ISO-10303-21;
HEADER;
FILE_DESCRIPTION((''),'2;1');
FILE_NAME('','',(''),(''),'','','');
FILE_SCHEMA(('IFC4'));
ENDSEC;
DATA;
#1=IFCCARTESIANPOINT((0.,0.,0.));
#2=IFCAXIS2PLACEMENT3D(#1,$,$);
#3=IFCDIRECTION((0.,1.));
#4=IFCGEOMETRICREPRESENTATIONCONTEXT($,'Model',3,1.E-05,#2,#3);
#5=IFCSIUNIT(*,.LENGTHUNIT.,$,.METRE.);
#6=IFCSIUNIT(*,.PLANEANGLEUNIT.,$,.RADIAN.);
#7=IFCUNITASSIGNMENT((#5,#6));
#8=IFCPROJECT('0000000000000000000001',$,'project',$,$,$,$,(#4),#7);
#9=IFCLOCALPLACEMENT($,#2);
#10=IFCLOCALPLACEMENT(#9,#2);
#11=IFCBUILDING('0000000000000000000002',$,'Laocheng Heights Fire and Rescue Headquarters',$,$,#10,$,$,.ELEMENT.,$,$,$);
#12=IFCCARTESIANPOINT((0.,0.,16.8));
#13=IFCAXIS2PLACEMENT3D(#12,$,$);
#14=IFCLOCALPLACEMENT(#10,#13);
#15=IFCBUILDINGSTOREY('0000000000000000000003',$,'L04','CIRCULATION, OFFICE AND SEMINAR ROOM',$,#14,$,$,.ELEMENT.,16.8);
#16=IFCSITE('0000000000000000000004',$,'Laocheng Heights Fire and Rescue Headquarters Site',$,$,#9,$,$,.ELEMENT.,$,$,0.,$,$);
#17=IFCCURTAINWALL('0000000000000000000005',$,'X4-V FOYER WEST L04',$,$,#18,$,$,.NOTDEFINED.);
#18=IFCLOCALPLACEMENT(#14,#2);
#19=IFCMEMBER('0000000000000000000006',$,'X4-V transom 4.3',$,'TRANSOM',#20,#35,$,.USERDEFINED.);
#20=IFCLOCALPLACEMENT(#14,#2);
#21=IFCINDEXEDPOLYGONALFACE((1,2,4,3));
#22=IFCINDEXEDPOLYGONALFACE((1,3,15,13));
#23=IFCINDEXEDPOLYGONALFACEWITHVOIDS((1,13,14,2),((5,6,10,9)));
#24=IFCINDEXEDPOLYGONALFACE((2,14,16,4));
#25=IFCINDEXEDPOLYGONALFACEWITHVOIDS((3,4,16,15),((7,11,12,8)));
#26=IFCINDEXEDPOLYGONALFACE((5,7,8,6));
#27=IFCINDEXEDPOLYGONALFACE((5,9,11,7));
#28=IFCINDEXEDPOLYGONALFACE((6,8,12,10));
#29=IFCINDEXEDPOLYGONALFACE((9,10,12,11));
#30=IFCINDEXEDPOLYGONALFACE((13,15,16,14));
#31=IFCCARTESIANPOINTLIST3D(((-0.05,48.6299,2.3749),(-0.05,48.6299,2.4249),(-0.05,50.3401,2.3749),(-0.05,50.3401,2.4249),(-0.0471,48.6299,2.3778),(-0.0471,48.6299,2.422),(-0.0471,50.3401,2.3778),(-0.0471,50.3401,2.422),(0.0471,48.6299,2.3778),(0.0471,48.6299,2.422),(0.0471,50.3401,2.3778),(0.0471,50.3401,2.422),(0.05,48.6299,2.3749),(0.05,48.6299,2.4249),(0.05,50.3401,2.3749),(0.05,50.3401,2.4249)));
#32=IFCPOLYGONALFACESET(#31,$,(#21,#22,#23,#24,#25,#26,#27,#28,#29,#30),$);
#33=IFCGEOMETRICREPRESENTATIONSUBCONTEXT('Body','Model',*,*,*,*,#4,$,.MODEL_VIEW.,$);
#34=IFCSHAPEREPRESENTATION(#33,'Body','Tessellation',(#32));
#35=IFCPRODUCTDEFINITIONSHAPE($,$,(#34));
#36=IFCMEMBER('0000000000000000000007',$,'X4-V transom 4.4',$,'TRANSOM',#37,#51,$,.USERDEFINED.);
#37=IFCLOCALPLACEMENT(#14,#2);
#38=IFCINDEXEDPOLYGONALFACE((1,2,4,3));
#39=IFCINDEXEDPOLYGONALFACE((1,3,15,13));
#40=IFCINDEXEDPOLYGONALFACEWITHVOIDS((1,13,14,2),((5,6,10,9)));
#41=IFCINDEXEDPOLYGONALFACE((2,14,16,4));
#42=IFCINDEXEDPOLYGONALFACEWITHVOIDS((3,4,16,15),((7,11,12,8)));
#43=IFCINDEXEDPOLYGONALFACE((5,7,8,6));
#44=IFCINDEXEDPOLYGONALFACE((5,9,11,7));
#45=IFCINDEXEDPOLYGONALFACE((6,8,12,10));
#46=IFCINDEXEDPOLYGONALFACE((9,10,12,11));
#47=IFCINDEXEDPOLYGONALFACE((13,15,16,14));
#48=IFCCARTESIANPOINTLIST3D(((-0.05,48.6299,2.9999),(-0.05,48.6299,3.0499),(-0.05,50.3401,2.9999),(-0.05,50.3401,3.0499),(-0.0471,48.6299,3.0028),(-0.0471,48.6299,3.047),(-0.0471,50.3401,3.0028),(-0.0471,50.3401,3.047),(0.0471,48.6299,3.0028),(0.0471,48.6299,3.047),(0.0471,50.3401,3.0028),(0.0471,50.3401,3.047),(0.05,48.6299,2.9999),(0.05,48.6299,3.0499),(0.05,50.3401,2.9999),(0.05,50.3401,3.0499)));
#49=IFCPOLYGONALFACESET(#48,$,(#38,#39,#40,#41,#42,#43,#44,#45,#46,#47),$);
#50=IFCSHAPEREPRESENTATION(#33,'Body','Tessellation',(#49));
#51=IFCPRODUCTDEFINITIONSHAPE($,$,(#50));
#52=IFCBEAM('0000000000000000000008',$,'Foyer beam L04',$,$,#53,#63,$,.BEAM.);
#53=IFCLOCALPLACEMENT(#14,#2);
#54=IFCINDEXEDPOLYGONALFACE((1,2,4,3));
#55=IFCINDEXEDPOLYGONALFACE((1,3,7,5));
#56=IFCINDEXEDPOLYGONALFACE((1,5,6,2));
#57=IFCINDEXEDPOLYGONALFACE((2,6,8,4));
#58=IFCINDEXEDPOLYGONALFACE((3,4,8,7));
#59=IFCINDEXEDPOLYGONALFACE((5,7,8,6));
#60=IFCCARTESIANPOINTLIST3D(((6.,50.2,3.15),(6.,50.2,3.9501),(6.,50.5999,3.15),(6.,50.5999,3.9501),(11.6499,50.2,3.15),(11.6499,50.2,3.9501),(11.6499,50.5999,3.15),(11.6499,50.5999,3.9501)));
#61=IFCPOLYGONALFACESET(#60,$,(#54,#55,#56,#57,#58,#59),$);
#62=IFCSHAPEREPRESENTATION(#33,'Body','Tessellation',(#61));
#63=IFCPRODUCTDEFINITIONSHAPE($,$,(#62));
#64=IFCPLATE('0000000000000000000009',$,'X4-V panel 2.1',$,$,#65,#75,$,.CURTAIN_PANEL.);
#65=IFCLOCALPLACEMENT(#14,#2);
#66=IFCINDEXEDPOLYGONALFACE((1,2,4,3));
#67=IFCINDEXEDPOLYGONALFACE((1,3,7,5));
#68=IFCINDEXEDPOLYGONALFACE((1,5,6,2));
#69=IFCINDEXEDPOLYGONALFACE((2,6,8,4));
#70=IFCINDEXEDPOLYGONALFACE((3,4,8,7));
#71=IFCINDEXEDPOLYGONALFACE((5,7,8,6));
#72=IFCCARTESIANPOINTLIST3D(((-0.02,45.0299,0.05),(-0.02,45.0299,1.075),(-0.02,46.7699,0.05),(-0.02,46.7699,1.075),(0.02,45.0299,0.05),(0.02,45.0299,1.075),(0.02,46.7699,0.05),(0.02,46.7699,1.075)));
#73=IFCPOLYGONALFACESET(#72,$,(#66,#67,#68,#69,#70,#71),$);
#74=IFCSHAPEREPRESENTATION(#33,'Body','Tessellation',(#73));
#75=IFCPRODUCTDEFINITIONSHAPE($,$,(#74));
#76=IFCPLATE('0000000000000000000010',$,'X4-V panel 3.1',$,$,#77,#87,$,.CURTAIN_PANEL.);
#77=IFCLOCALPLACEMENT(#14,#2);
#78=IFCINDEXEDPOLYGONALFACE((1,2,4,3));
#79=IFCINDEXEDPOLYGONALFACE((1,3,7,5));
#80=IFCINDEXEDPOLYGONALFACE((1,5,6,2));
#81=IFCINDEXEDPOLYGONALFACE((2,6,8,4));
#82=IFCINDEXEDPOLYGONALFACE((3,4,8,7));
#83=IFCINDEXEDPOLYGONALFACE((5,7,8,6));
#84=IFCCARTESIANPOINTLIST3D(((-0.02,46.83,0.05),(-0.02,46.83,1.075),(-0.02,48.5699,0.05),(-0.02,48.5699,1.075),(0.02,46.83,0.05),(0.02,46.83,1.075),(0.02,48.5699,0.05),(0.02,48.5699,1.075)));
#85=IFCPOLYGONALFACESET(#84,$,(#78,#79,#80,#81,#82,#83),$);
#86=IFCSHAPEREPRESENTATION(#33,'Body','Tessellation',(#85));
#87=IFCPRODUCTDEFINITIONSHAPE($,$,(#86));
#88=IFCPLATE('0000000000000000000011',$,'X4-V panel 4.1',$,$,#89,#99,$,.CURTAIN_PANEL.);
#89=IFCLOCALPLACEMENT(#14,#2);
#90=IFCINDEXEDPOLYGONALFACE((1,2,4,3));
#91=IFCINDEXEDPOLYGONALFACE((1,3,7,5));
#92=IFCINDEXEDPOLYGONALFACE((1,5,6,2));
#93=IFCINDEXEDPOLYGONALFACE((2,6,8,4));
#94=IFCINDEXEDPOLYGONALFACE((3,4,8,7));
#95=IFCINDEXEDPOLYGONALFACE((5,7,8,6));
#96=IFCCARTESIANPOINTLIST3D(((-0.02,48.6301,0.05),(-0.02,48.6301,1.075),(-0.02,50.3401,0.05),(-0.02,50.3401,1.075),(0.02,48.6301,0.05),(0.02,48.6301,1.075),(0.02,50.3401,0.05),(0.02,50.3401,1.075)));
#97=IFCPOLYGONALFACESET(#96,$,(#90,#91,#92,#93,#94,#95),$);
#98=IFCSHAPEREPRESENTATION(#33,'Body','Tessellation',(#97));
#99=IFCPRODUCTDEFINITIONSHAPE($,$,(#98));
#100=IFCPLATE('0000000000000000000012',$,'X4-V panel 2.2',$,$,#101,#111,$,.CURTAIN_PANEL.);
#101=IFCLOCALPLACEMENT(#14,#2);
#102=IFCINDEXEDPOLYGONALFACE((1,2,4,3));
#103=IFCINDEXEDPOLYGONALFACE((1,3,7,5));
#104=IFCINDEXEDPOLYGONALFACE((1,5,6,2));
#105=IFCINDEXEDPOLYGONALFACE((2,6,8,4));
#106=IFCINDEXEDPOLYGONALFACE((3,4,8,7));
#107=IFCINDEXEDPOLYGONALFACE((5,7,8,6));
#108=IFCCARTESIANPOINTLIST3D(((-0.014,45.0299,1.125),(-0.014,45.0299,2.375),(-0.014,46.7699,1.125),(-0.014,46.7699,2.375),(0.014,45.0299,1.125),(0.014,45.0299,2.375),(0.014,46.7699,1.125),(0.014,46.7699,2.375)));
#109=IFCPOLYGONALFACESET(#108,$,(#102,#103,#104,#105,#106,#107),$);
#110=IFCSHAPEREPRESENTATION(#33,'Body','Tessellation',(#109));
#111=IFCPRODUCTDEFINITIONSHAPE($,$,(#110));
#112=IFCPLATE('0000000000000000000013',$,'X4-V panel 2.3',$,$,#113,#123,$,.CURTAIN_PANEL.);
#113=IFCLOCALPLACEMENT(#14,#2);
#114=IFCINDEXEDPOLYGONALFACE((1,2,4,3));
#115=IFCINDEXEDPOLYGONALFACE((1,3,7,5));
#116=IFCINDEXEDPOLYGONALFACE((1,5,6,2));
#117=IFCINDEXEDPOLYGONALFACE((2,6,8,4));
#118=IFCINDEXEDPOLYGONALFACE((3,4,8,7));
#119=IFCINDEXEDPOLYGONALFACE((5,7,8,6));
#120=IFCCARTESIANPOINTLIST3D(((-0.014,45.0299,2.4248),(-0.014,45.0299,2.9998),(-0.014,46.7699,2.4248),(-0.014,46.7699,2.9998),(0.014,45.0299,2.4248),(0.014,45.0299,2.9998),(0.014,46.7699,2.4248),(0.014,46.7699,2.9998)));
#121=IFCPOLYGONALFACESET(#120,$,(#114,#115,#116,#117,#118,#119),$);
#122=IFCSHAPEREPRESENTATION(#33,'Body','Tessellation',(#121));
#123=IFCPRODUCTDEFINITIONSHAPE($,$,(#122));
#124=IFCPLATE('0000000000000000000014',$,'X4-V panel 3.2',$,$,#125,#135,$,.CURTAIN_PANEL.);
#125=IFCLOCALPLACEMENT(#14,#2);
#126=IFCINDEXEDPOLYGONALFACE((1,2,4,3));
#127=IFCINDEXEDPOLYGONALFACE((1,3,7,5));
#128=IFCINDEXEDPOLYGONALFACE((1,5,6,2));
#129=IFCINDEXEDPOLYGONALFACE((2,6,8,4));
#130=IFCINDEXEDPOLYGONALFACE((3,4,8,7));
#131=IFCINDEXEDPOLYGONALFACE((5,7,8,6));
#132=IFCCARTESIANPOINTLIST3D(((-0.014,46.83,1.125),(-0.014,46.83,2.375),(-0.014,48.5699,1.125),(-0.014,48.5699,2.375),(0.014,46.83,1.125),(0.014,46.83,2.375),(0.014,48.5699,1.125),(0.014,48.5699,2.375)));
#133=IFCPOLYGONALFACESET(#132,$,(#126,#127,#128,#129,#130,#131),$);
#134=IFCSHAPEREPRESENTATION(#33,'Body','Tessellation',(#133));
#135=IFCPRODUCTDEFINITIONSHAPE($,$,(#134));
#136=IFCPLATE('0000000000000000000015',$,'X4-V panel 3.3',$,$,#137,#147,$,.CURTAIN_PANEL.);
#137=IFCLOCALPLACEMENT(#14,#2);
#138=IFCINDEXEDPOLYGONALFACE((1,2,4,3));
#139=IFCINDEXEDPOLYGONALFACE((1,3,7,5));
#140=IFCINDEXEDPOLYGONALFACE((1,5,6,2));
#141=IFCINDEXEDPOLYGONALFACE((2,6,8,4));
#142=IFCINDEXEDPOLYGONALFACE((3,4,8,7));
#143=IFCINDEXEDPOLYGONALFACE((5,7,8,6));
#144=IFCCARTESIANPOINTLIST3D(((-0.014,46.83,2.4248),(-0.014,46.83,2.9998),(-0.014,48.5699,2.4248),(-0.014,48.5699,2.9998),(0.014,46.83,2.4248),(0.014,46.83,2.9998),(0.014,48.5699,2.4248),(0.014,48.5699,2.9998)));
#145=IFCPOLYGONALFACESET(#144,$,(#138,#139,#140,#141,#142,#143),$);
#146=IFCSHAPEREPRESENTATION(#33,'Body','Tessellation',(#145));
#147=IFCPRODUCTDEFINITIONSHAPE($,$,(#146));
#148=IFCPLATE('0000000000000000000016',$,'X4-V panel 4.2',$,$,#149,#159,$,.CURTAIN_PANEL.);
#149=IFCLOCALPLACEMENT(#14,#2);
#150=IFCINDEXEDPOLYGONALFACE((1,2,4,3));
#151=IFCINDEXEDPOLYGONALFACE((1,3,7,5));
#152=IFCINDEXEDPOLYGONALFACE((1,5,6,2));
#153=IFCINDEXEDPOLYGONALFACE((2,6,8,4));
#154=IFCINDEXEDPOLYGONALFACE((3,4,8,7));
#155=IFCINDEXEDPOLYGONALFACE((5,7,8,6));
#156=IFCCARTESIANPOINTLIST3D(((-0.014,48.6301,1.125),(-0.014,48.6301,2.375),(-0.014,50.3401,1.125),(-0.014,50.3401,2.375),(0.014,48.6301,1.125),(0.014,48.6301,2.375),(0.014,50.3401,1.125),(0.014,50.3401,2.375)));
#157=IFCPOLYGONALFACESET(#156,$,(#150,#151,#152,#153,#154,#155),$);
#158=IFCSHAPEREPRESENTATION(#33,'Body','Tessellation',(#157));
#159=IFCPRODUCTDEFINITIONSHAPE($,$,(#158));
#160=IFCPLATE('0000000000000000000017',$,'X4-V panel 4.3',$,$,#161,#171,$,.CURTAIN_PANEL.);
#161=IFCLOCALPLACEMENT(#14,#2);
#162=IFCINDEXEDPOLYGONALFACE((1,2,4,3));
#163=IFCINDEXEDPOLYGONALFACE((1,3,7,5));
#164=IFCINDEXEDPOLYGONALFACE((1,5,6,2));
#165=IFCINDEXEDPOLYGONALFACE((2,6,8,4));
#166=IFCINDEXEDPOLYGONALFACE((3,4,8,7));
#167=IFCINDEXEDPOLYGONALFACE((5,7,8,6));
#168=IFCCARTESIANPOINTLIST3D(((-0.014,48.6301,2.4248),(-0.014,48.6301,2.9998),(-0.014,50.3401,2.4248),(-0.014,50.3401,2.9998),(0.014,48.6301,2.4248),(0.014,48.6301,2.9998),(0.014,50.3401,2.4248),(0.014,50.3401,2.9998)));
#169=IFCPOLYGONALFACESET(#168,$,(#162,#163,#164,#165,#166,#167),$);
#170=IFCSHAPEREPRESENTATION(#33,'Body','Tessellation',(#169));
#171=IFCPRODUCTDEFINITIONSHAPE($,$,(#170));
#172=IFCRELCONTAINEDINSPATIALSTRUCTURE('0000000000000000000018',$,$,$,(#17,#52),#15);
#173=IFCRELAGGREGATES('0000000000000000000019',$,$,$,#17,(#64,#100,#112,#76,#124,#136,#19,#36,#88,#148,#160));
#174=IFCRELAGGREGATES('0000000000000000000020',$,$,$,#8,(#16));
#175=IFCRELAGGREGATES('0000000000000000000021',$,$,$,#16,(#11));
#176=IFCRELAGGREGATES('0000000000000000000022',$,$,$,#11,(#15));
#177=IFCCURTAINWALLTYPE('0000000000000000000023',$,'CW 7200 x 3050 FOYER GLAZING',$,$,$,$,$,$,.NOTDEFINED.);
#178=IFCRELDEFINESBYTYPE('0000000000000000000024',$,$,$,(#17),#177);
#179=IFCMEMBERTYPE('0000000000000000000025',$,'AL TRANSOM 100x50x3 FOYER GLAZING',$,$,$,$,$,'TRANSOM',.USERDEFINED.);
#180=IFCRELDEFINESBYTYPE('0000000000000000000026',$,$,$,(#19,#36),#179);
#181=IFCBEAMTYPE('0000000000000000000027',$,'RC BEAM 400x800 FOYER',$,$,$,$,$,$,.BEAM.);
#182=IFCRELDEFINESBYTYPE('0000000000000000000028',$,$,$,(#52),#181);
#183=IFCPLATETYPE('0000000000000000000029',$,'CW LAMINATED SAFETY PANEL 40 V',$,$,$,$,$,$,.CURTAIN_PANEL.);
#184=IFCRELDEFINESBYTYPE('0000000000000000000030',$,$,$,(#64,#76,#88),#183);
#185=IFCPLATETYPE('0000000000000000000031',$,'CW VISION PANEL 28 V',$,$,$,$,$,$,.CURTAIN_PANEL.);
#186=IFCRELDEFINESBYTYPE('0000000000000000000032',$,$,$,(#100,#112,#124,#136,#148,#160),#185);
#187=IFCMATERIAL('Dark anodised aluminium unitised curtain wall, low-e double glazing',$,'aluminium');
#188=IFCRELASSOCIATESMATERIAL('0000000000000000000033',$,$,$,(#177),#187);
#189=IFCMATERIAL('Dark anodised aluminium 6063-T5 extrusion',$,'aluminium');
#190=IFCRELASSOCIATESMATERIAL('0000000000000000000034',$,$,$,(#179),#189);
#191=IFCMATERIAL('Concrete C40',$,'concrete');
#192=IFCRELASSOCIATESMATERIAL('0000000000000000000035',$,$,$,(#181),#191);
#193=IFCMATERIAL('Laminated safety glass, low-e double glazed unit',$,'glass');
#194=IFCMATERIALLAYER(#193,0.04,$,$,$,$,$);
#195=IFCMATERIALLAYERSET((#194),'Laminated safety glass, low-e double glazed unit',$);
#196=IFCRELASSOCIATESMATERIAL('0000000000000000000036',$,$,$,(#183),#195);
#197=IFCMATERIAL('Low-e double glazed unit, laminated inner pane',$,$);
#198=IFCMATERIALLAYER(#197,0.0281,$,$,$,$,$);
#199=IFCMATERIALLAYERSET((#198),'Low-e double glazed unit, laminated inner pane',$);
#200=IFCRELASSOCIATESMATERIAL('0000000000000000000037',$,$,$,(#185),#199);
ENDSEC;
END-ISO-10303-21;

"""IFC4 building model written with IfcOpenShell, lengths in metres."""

from ifc_helpers import new_model, si_unit, direction, frame, origin, origin_2d, place, context, subcontext, project, spatial, rectangle, hollow_rectangle, extrude, material, layer, layer_set, material_profile, profile_set, type_object, element, aggregate, save


model = new_model("IFC4")

# Units and contexts
model_context = context("Model", 3, precision=1e-05, world=origin(), true_north=direction((0.0, 1.0)))
body_context = subcontext(model_context, "Body", "Model", "MODEL_VIEW")
ifc_project = project(units=[si_unit("LENGTHUNIT", "METRE"), si_unit("PLANEANGLEUNIT", "RADIAN")], contexts=[model_context])

# Site, building, storey
site_placement = place(None, origin())
site = spatial("IfcSite", under=ifc_project, at=site_placement, Name="Laocheng Heights Fire and Rescue Headquarters Site", CompositionType="ELEMENT", RefElevation=0.0)
building_placement = place(site_placement, origin())
building = spatial("IfcBuilding", under=site, at=building_placement, Name="Laocheng Heights Fire and Rescue Headquarters", CompositionType="ELEMENT")
storey_placement = place(building_placement, frame((0.0, 0.0, 16.8)))
storey = spatial("IfcBuildingStorey", under=building, at=storey_placement, Name="L04", Description="CIRCULATION, OFFICE AND SEMINAR ROOM", CompositionType="ELEMENT", Elevation=16.8)

# Curtain wall, members
ifc_material_1 = material(Name="Dark anodised aluminium unitised curtain wall, low-e double glazing", Category="aluminium")
curtain_wall_type = type_object("IfcCurtainWallType", Name="CW 7200 x 3050 FOYER GLAZING", PredefinedType="NOTDEFINED", material=ifc_material_1)
curtain_wall_placement = place(storey_placement, origin())
curtain_wall = element("IfcCurtainWall", 1, at=curtain_wall_placement, inside=storey, type_object=curtain_wall_type, Name="X4-V FOYER WEST L04", PredefinedType="NOTDEFINED")
ifc_material_2 = material(Name="Dark anodised aluminium 6063-T5 extrusion", Category="aluminium")
ifc_material_profile_1 = material_profile(ifc_material_2, hollow_rectangle(XDim=0.1001, YDim=0.05, WallThickness=0.0029, at=origin_2d()), Name="AL TRANSOM 100x50x3 FOYER GLAZING")
ifc_profile_set_1 = profile_set([ifc_material_profile_1], Name="Dark anodised aluminium 6063-T5 extrusion")
member_type_1 = type_object("IfcMemberType", Name="AL TRANSOM 100x50x3 FOYER GLAZING", ElementType="TRANSOM", PredefinedType="USERDEFINED", material=ifc_profile_set_1)
member_1_placement = place(storey_placement, frame((0.0, 48.6299, 2.3999), z_axis=(0.0, 1.0, 0.0), x_axis=(-1.0, 0.0, 0.0)))
member_1 = element("IfcMember", 2, at=member_1_placement, type_object=member_type_1, Name="X4-V transom 4.3", ObjectType="TRANSOM", PredefinedType="USERDEFINED", context=body_context, shape_type="SweptSolid", body=[
    extrude(hollow_rectangle(XDim=0.1001, YDim=0.05, WallThickness=0.0029, at=origin_2d()), origin(), (0.0, 0.0, 1.0), 1.7102),
])
member_2_placement = place(storey_placement, frame((0.0, 48.6299, 3.0249), z_axis=(0.0, 1.0, 0.0), x_axis=(-1.0, 0.0, 0.0)))
member_2 = element("IfcMember", 3, at=member_2_placement, type_object=member_type_1, Name="X4-V transom 4.4", ObjectType="TRANSOM", PredefinedType="USERDEFINED", context=body_context, shape_type="SweptSolid", body=[
    extrude(hollow_rectangle(XDim=0.1001, YDim=0.05, WallThickness=0.0029, at=origin_2d()), origin(), (0.0, 0.0, 1.0), 1.7102),
])

# Beam
ifc_material_3 = material(Name="Concrete C40", Category="concrete")
ifc_material_profile_2 = material_profile(ifc_material_3, rectangle(XDim=0.3999, YDim=0.8, at=origin_2d()), Name="RC BEAM 400x800 FOYER")
ifc_profile_set_2 = profile_set([ifc_material_profile_2], Name="Concrete C40")
beam_type = type_object("IfcBeamType", Name="RC BEAM 400x800 FOYER", PredefinedType="BEAM", material=ifc_profile_set_2)
beam_placement = place(storey_placement, frame((6.0, 50.3999, 3.55), z_axis=(1.0, 0.0, 0.0), x_axis=(0.0, 1.0, 0.0)))
element("IfcBeam", 4, at=beam_placement, inside=storey, type_object=beam_type, Name="Foyer beam L04", PredefinedType="BEAM", context=body_context, shape_type="SweptSolid", body=[
    extrude(rectangle(XDim=0.3999, YDim=0.8, at=origin_2d()), origin(), (0.0, 0.0, 1.0), 5.6499),
])

# Plates
ifc_material_4 = material(Name="Laminated safety glass, low-e double glazed unit", Category="glass")
ifc_layer_1 = layer(ifc_material_4, 0.04)
ifc_layer_set_1 = layer_set([ifc_layer_1], Name="Laminated safety glass, low-e double glazed unit")
plate_type_1 = type_object("IfcPlateType", Name="CW LAMINATED SAFETY PANEL 40 V", PredefinedType="CURTAIN_PANEL", material=ifc_layer_set_1)
plate_1_placement = place(storey_placement, frame((0.0, 45.8999, 0.05), z_axis=(0.0, 0.0, 1.0), x_axis=(0.0, 1.0, 0.0)))
plate_1 = element("IfcPlate", 5, at=plate_1_placement, type_object=plate_type_1, Name="X4-V panel 2.1", PredefinedType="CURTAIN_PANEL", context=body_context, shape_type="SweptSolid", body=[
    extrude(rectangle(XDim=1.74, YDim=0.04, at=origin_2d()), origin(), (0.0, 0.0, 1.0), 1.0249),
])
plate_2_placement = place(storey_placement, frame((0.0, 47.7, 0.05), z_axis=(0.0, 0.0, 1.0), x_axis=(0.0, 1.0, 0.0)))
plate_2 = element("IfcPlate", 6, at=plate_2_placement, type_object=plate_type_1, Name="X4-V panel 3.1", PredefinedType="CURTAIN_PANEL", context=body_context, shape_type="SweptSolid", body=[
    extrude(rectangle(XDim=1.74, YDim=0.04, at=origin_2d()), origin(), (0.0, 0.0, 1.0), 1.0249),
])
plate_3_placement = place(storey_placement, frame((0.0, 49.4851, 0.05), z_axis=(0.0, 0.0, 1.0), x_axis=(0.0, 1.0, 0.0)))
plate_3 = element("IfcPlate", 7, at=plate_3_placement, type_object=plate_type_1, Name="X4-V panel 4.1", PredefinedType="CURTAIN_PANEL", context=body_context, shape_type="SweptSolid", body=[
    extrude(rectangle(XDim=1.71, YDim=0.04, at=origin_2d()), origin(), (0.0, 0.0, 1.0), 1.0249),
])
ifc_material_5 = material(Name="Low-e double glazed unit, laminated inner pane")
ifc_layer_2 = layer(ifc_material_5, 0.0281)
ifc_layer_set_2 = layer_set([ifc_layer_2], Name="Low-e double glazed unit, laminated inner pane")
plate_type_2 = type_object("IfcPlateType", Name="CW VISION PANEL 28 V", PredefinedType="CURTAIN_PANEL", material=ifc_layer_set_2)
plate_4_placement = place(storey_placement, frame((0.0, 45.8999, 1.125), z_axis=(0.0, 0.0, 1.0), x_axis=(0.0, 1.0, 0.0)))
plate_4 = element("IfcPlate", 8, at=plate_4_placement, type_object=plate_type_2, Name="X4-V panel 2.2", PredefinedType="CURTAIN_PANEL", context=body_context, shape_type="SweptSolid", body=[
    extrude(rectangle(XDim=1.74, YDim=0.0281, at=origin_2d()), origin(), (0.0, 0.0, 1.0), 1.25),
])
plate_5_placement = place(storey_placement, frame((0.0, 45.8999, 2.4248), z_axis=(0.0, 0.0, 1.0), x_axis=(0.0, 1.0, 0.0)))
plate_5 = element("IfcPlate", 9, at=plate_5_placement, type_object=plate_type_2, Name="X4-V panel 2.3", PredefinedType="CURTAIN_PANEL", context=body_context, shape_type="SweptSolid", body=[
    extrude(rectangle(XDim=1.74, YDim=0.0281, at=origin_2d()), origin(), (0.0, 0.0, 1.0), 0.575),
])
plate_6_placement = place(storey_placement, frame((0.0, 47.7, 1.125), z_axis=(0.0, 0.0, 1.0), x_axis=(0.0, 1.0, 0.0)))
plate_6 = element("IfcPlate", 10, at=plate_6_placement, type_object=plate_type_2, Name="X4-V panel 3.2", PredefinedType="CURTAIN_PANEL", context=body_context, shape_type="SweptSolid", body=[
    extrude(rectangle(XDim=1.74, YDim=0.0281, at=origin_2d()), origin(), (0.0, 0.0, 1.0), 1.25),
])
plate_7_placement = place(storey_placement, frame((0.0, 47.7, 2.4248), z_axis=(0.0, 0.0, 1.0), x_axis=(0.0, 1.0, 0.0)))
plate_7 = element("IfcPlate", 11, at=plate_7_placement, type_object=plate_type_2, Name="X4-V panel 3.3", PredefinedType="CURTAIN_PANEL", context=body_context, shape_type="SweptSolid", body=[
    extrude(rectangle(XDim=1.74, YDim=0.0281, at=origin_2d()), origin(), (0.0, 0.0, 1.0), 0.575),
])
plate_8_placement = place(storey_placement, frame((0.0, 49.4851, 1.125), z_axis=(0.0, 0.0, 1.0), x_axis=(0.0, 1.0, 0.0)))
plate_8 = element("IfcPlate", 12, at=plate_8_placement, type_object=plate_type_2, Name="X4-V panel 4.2", PredefinedType="CURTAIN_PANEL", context=body_context, shape_type="SweptSolid", body=[
    extrude(rectangle(XDim=1.71, YDim=0.0281, at=origin_2d()), origin(), (0.0, 0.0, 1.0), 1.25),
])
plate_9_placement = place(storey_placement, frame((0.0, 49.4851, 2.4248), z_axis=(0.0, 0.0, 1.0), x_axis=(0.0, 1.0, 0.0)))
plate_9 = element("IfcPlate", 13, at=plate_9_placement, type_object=plate_type_2, Name="X4-V panel 4.3", PredefinedType="CURTAIN_PANEL", context=body_context, shape_type="SweptSolid", body=[
    extrude(rectangle(XDim=1.71, YDim=0.0281, at=origin_2d()), origin(), (0.0, 0.0, 1.0), 0.575),
])
aggregate(curtain_wall, [plate_1, plate_4, plate_5, plate_2, plate_6, plate_7, member_1, member_2, plate_3, plate_8, plate_9])

save(model, "model.ifc")
